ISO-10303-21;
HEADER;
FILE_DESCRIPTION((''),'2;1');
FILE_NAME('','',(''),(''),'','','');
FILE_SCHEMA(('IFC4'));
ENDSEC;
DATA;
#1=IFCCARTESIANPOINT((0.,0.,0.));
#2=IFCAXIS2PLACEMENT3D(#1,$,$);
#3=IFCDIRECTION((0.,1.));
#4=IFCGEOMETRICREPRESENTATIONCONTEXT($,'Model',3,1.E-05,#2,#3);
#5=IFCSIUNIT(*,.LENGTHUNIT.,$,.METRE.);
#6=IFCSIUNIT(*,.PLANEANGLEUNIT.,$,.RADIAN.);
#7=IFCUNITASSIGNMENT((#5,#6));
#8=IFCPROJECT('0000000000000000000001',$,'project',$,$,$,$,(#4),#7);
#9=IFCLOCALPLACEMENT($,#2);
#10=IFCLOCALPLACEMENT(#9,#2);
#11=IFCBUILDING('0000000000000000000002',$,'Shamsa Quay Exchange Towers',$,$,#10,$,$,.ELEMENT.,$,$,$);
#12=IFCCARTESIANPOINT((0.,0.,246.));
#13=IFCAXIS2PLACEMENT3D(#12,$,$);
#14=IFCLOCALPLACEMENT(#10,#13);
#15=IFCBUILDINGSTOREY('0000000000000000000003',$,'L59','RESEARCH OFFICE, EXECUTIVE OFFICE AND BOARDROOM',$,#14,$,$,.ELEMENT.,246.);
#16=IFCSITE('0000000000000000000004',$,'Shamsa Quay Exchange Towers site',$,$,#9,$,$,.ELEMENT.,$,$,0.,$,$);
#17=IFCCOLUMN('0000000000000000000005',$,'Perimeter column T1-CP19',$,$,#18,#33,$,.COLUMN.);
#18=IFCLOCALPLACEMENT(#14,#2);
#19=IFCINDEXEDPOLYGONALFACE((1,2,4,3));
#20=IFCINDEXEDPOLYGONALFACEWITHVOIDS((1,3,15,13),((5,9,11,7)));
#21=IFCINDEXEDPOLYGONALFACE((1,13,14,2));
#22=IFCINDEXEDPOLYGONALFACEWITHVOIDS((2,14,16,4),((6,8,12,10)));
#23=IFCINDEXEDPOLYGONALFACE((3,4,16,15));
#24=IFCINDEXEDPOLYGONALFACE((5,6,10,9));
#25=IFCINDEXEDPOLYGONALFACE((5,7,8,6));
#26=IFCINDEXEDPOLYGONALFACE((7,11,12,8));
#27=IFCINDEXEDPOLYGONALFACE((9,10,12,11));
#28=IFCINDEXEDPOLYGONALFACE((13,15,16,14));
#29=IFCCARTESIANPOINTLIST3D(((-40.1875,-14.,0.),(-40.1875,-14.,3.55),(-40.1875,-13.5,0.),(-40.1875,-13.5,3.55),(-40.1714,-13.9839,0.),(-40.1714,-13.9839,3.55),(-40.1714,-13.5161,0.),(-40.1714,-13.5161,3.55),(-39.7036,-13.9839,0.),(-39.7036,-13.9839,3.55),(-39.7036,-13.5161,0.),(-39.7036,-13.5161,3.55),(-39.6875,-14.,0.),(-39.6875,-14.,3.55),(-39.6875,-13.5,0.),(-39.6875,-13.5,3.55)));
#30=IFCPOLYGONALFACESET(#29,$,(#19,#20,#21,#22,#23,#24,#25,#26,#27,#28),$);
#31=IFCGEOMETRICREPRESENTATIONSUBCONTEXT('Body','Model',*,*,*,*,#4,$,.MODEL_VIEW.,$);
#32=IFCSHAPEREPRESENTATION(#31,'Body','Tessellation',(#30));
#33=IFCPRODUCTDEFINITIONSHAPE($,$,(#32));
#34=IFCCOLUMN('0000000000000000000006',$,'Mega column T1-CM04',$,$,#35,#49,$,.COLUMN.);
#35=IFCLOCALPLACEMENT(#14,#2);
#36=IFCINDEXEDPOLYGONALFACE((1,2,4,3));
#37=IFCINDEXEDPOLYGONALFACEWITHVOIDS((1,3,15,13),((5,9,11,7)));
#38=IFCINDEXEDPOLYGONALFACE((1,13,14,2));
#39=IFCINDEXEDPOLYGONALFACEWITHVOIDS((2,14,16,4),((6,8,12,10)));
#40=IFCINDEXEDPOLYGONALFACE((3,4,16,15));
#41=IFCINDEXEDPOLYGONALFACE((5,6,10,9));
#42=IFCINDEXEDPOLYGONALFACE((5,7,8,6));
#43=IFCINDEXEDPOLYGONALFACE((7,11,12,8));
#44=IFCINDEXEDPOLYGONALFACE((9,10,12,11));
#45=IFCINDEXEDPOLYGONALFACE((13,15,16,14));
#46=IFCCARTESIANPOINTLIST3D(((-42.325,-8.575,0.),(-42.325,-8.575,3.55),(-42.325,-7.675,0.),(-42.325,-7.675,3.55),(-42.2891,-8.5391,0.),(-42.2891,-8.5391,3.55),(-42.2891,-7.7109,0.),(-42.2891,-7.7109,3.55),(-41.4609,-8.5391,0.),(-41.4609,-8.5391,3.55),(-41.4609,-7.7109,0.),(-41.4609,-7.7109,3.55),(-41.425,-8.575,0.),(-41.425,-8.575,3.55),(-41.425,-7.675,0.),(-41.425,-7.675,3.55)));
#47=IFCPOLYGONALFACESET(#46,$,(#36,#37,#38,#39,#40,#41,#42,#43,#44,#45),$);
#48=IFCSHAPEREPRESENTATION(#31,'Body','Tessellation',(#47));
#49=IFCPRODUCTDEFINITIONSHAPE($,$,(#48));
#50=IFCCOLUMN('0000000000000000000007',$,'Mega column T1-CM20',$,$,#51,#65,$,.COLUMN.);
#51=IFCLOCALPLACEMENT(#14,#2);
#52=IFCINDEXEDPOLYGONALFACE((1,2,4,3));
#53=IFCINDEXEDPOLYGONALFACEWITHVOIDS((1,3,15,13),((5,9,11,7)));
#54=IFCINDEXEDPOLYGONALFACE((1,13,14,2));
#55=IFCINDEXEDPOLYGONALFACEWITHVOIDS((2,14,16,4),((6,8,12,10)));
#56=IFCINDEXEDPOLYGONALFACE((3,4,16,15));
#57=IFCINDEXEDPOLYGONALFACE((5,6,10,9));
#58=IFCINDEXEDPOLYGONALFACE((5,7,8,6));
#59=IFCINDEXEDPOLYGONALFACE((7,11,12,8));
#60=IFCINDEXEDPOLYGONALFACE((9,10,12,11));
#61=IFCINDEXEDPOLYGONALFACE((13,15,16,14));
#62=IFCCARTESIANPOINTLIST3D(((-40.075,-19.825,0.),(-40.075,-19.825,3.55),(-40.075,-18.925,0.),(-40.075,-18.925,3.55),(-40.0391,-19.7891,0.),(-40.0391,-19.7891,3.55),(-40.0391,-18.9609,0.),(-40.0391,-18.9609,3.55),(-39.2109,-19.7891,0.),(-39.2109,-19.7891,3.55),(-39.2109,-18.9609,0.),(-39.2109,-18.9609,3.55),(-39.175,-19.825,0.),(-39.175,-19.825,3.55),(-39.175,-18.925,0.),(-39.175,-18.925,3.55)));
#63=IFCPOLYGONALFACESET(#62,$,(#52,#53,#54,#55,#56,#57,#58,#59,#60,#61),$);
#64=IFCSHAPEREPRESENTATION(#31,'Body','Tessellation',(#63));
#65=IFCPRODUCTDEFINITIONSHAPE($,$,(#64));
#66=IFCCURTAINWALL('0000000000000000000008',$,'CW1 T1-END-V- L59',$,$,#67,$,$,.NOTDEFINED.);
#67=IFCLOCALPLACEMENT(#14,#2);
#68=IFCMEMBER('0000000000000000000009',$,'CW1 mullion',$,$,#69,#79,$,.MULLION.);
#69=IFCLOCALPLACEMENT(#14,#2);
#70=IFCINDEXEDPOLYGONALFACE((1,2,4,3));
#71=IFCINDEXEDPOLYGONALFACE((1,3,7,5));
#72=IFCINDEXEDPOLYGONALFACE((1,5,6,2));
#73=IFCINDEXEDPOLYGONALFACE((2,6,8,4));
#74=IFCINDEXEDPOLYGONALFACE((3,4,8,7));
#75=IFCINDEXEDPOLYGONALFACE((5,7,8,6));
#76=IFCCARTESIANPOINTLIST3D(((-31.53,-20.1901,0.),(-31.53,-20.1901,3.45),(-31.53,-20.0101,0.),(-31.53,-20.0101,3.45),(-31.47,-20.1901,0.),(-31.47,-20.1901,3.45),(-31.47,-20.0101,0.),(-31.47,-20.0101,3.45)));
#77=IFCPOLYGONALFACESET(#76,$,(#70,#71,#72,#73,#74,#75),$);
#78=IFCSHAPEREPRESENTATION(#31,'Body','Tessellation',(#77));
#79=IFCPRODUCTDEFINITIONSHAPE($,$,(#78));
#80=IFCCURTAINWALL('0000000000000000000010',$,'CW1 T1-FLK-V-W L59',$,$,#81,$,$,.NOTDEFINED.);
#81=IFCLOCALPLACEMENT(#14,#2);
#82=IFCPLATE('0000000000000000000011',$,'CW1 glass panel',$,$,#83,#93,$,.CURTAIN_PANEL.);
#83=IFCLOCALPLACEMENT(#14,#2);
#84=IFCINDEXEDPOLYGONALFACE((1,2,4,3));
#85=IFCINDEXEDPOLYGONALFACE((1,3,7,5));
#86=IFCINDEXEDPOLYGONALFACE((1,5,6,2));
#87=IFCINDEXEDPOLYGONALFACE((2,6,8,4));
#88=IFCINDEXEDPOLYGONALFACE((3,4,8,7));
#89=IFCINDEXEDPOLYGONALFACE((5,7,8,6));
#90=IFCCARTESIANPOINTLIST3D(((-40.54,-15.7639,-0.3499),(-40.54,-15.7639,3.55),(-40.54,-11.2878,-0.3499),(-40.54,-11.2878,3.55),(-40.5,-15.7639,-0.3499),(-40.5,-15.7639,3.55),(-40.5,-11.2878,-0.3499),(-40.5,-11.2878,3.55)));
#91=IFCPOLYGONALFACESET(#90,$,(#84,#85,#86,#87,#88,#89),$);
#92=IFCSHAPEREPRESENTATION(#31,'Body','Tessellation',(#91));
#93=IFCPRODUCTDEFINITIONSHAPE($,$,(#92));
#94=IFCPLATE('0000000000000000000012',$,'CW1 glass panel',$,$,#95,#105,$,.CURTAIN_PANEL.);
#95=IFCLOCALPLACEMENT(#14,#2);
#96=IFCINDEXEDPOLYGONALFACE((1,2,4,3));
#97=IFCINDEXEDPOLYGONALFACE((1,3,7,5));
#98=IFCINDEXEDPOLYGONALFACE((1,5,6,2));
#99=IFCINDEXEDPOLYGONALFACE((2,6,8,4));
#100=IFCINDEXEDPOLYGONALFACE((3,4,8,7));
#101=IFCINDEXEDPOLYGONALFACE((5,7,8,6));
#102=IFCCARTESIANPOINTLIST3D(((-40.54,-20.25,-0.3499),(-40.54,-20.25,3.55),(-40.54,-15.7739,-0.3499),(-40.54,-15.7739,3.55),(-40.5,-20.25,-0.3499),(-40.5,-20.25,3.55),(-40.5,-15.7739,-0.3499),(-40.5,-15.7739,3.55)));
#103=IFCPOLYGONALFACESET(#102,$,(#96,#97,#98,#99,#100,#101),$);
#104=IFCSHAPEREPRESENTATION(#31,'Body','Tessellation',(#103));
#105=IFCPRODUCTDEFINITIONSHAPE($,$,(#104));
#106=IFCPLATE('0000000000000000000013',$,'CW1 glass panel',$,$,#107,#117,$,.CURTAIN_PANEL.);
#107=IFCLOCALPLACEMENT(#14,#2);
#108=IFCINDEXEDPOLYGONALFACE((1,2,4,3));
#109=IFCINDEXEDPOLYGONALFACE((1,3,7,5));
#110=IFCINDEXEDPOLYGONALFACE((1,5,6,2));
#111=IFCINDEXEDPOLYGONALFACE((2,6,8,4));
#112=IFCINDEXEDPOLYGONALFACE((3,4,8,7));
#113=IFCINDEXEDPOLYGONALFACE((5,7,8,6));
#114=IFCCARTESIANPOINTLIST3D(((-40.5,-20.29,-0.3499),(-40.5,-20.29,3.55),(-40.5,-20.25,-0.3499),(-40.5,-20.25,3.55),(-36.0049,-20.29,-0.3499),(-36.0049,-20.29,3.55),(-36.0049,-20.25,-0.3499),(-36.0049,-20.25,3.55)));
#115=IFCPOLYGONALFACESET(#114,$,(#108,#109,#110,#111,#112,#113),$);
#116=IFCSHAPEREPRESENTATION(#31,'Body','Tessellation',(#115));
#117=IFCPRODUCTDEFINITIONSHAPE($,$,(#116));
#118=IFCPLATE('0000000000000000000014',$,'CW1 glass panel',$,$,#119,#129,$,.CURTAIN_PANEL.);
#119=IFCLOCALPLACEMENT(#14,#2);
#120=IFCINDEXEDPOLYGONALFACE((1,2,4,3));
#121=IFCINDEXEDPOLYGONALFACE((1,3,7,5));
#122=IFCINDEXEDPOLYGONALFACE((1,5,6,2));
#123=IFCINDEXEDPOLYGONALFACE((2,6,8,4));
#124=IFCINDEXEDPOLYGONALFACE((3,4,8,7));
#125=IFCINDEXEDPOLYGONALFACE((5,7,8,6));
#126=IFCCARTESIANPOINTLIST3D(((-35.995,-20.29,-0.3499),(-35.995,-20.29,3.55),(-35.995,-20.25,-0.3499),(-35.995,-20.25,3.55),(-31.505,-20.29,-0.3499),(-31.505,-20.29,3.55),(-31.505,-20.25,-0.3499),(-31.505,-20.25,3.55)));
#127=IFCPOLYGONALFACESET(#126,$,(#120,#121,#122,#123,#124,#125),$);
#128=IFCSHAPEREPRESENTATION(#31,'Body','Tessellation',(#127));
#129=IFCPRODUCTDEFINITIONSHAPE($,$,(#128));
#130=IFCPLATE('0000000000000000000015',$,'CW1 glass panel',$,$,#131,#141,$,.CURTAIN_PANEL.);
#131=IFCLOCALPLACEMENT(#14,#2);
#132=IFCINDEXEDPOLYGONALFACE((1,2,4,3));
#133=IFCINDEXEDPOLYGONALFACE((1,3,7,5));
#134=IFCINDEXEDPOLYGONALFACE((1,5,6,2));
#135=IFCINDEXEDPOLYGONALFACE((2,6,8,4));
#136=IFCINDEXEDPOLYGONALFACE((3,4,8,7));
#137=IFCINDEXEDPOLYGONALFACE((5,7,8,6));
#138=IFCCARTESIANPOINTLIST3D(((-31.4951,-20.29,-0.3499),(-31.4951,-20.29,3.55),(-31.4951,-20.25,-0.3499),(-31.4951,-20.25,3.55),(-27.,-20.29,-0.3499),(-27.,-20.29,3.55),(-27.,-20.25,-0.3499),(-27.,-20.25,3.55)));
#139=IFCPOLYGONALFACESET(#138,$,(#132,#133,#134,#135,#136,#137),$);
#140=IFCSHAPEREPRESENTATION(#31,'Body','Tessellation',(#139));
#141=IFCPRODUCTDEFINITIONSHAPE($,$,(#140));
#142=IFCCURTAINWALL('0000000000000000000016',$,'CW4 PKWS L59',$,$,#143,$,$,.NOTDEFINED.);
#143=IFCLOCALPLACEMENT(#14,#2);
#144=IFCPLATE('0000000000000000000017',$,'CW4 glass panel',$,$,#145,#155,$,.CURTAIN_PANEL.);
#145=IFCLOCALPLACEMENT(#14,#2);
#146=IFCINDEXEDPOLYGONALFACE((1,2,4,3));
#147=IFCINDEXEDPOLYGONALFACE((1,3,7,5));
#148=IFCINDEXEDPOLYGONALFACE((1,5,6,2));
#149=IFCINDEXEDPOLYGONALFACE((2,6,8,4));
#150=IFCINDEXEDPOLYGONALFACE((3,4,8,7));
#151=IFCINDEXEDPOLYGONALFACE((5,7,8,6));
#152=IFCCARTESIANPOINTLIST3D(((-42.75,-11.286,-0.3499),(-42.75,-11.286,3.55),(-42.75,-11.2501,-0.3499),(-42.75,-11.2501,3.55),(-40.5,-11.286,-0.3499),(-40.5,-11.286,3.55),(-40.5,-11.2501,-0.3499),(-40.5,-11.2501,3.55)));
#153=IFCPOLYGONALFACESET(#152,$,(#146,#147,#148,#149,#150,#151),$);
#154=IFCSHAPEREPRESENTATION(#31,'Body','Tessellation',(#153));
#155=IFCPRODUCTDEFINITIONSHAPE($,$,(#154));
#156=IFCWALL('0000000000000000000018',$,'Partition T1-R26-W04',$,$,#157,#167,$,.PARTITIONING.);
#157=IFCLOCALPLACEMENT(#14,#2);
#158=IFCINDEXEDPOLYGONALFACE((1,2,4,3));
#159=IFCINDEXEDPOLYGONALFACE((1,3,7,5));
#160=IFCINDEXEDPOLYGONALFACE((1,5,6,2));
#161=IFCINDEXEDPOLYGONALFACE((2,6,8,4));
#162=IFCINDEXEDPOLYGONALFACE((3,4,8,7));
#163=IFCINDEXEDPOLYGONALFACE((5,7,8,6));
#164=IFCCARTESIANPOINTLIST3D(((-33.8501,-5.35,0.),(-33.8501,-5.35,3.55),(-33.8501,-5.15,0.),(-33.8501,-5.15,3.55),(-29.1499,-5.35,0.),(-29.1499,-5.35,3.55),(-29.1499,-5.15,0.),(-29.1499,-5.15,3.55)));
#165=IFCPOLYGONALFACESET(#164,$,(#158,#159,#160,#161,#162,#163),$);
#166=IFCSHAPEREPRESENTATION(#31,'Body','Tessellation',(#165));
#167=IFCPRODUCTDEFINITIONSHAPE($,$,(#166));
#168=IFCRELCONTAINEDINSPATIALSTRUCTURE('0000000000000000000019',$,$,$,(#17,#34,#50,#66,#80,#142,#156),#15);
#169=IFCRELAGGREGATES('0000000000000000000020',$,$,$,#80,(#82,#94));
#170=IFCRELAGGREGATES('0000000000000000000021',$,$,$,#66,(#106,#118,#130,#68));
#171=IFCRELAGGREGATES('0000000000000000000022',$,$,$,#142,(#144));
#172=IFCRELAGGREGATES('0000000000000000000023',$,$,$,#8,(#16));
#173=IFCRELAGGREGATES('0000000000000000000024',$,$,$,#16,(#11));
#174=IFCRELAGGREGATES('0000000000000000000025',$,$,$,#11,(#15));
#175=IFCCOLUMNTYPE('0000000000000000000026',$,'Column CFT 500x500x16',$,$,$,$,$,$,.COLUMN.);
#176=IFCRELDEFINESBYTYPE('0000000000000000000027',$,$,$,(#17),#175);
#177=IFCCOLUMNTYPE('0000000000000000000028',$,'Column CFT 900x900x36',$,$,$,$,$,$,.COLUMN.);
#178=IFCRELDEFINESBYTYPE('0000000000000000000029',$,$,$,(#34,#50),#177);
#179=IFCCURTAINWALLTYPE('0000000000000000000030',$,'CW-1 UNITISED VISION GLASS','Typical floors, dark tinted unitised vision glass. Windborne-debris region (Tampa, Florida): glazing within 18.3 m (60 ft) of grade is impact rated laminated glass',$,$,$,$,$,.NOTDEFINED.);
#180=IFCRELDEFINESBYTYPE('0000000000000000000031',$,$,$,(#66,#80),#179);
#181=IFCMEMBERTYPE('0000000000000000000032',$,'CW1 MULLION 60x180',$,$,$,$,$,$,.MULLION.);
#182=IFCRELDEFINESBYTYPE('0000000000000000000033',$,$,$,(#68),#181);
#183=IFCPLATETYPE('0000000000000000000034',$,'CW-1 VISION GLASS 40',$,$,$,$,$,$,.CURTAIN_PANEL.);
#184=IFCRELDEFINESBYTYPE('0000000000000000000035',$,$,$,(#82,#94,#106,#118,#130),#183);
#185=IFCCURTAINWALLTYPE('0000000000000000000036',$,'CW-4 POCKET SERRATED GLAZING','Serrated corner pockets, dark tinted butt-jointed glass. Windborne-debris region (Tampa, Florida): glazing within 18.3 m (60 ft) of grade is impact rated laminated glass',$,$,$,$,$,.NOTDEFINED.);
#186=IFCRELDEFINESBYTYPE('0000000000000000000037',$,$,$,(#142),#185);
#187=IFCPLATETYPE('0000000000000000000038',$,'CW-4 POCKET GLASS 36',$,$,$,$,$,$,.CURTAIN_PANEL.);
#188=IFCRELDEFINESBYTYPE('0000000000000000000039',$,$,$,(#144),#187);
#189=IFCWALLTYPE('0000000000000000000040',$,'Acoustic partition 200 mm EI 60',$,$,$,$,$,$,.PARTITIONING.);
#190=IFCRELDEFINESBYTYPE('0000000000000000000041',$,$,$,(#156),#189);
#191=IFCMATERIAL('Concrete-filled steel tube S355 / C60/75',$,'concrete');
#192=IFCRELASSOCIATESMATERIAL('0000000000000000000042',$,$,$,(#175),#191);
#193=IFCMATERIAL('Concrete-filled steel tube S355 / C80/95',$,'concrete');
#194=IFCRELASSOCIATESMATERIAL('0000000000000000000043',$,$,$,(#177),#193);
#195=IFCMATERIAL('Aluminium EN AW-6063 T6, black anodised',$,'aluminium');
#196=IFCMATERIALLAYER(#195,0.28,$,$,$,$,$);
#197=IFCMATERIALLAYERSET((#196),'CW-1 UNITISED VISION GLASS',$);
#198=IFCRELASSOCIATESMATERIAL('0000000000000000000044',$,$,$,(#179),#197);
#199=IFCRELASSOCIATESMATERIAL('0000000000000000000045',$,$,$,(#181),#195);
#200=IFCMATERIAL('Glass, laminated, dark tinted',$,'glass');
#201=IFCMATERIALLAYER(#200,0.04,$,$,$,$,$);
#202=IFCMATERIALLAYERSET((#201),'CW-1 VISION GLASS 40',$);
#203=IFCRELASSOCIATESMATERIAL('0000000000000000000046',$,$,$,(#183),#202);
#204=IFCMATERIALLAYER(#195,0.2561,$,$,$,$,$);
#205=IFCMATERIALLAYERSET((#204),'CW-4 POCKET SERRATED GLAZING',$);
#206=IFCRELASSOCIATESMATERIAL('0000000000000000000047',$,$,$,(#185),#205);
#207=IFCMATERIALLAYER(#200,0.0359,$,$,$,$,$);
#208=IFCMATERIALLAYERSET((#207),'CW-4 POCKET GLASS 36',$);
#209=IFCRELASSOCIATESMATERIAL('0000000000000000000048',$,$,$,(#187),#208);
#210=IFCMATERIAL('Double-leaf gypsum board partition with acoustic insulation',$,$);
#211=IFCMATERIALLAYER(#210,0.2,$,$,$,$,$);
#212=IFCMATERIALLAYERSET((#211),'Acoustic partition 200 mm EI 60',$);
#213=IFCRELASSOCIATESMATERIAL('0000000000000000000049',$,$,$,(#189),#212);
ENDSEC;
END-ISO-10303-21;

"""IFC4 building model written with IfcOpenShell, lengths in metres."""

from ifc_helpers import new_model, si_unit, direction, frame, frame_2d, origin, origin_2d, place, context, subcontext, project, spatial, rectangle, hollow_rectangle, extrude, material, layer, layer_set, material_profile, profile_set, type_object, element, aggregate, save


model = new_model("IFC4")

# Units and contexts
model_context = context("Model", 3, precision=1e-05, world=origin(), true_north=direction((0.0, 1.0)))
body_context = subcontext(model_context, "Body", "Model", "MODEL_VIEW")
ifc_project = project(units=[si_unit("LENGTHUNIT", "METRE"), si_unit("PLANEANGLEUNIT", "RADIAN")], contexts=[model_context])

# Site, building, storey
site_placement = place(None, origin())
site = spatial("IfcSite", under=ifc_project, at=site_placement, Name="Shamsa Quay Exchange Towers site", CompositionType="ELEMENT", RefElevation=0.0)
building_placement = place(site_placement, origin())
building = spatial("IfcBuilding", under=site, at=building_placement, Name="Shamsa Quay Exchange Towers", CompositionType="ELEMENT")
storey_placement = place(building_placement, frame((0.0, 0.0, 246.0)))
storey = spatial("IfcBuildingStorey", under=building, at=storey_placement, Name="L59", Description="RESEARCH OFFICE, EXECUTIVE OFFICE AND BOARDROOM", CompositionType="ELEMENT", Elevation=246.0)

# Columns
ifc_material_1 = material(Name="Concrete-filled steel tube S355 / C60/75", Category="concrete")
ifc_material_profile_1 = material_profile(ifc_material_1, hollow_rectangle(XDim=0.5, YDim=0.5, WallThickness=0.0161, at=origin_2d()), Name="CFT 500x500x16")
ifc_profile_set_1 = profile_set([ifc_material_profile_1], Name="Concrete-filled steel tube S355 / C60/75")
column_type_1 = type_object("IfcColumnType", Name="Column CFT 500x500x16", PredefinedType="COLUMN", material=ifc_profile_set_1)
column_placement = place(storey_placement, frame((-39.9375, -13.75, 0.0)))
element("IfcColumn", 1, at=column_placement, inside=storey, type_object=column_type_1, Name="Perimeter column T1-CP19", PredefinedType="COLUMN", context=body_context, shape_type="SweptSolid", body=[
    extrude(hollow_rectangle(XDim=0.5, YDim=0.5, WallThickness=0.0161, at=origin_2d()), origin(), (0.0, 0.0, 1.0), 3.55),
])
ifc_material_2 = material(Name="Concrete-filled steel tube S355 / C80/95", Category="concrete")
ifc_material_profile_2 = material_profile(ifc_material_2, hollow_rectangle(XDim=0.8999, YDim=0.8999, WallThickness=0.0359, at=origin_2d()), Name="CFT 900x900x36")
ifc_profile_set_2 = profile_set([ifc_material_profile_2], Name="Concrete-filled steel tube S355 / C80/95")
column_type_2 = type_object("IfcColumnType", Name="Column CFT 900x900x36", PredefinedType="COLUMN", material=ifc_profile_set_2)
for number, where, name in (
    (2, (-41.875, -8.125, 0.0), "Mega column T1-CM04"),
    (3, (-39.625, -19.375, 0.0), "Mega column T1-CM20"),
):
    element("IfcColumn", number, at=place(storey_placement, frame(where)), inside=storey, type_object=column_type_2, Name=name, PredefinedType="COLUMN", context=body_context, shape_type="SweptSolid", body=[
        extrude(hollow_rectangle(XDim=0.8999, YDim=0.8999, WallThickness=0.0359, at=origin_2d()), origin(), (0.0, 0.0, 1.0), 3.55),
    ])

# Curtain wall, member
ifc_material_3 = material(Name="Aluminium EN AW-6063 T6, black anodised", Category="aluminium")
ifc_layer_1 = layer(ifc_material_3, 0.28)
ifc_layer_set_1 = layer_set([ifc_layer_1], Name="CW-1 UNITISED VISION GLASS")
curtain_wall_type_1 = type_object("IfcCurtainWallType", Name="CW-1 UNITISED VISION GLASS", Description="Typical floors, dark tinted unitised vision glass. Windborne-debris region (Tampa, Florida): glazing within 18.3 m (60 ft) of grade is impact rated laminated glass", PredefinedType="NOTDEFINED", material=ifc_layer_set_1)
curtain_wall_1_placement = place(storey_placement, origin())
curtain_wall_1 = element("IfcCurtainWall", 4, at=curtain_wall_1_placement, inside=storey, type_object=curtain_wall_type_1, Name="CW1 T1-END-V- L59", PredefinedType="NOTDEFINED")
ifc_material_profile_3 = material_profile(ifc_material_3, rectangle(XDim=0.1799, YDim=0.0601, at=origin_2d()), Name="MU60x180")
ifc_profile_set_3 = profile_set([ifc_material_profile_3], Name="Aluminium EN AW-6063 T6, black anodised")
member_type = type_object("IfcMemberType", Name="CW1 MULLION 60x180", PredefinedType="MULLION", material=ifc_profile_set_3)
member_placement = place(storey_placement, frame((-31.5, -20.1001, 0.0), z_axis=(0.0, 0.0, 1.0), x_axis=(0.0, 1.0, 0.0)))
member = element("IfcMember", 5, at=member_placement, type_object=member_type, Name="CW1 mullion", PredefinedType="MULLION", context=body_context, shape_type="SweptSolid", body=[
    extrude(rectangle(XDim=0.1799, YDim=0.0601, at=origin_2d()), origin(), (0.0, 0.0, 1.0), 3.45),
])

# Curtain wall, plates
curtain_wall_2_placement = place(storey_placement, origin())
curtain_wall_2 = element("IfcCurtainWall", 6, at=curtain_wall_2_placement, inside=storey, type_object=curtain_wall_type_1, Name="CW1 T1-FLK-V-W L59", PredefinedType="NOTDEFINED")
ifc_material_4 = material(Name="Glass, laminated, dark tinted", Category="glass")
ifc_layer_2 = layer(ifc_material_4, 0.04)
ifc_layer_set_2 = layer_set([ifc_layer_2], Name="CW-1 VISION GLASS 40")
plate_type_1 = type_object("IfcPlateType", Name="CW-1 VISION GLASS 40", PredefinedType="CURTAIN_PANEL", material=ifc_layer_set_2)
plate_1_placement = place(storey_placement, frame((-40.52, -13.5259, -0.3499), z_axis=(0.0, 0.0, 1.0), x_axis=(0.0, -1.0, 0.0)))
plate_1 = element("IfcPlate", 7, at=plate_1_placement, type_object=plate_type_1, Name="CW1 glass panel", PredefinedType="CURTAIN_PANEL", context=body_context, shape_type="SweptSolid", body=[
    extrude(rectangle(XDim=4.4761, YDim=0.04, at=origin_2d()), origin(), (0.0, 0.0, 1.0), 3.8999),
])
plate_2_placement = place(storey_placement, frame((-40.52, -18.012, -0.3499), z_axis=(0.0, 0.0, 1.0), x_axis=(0.0, -1.0, 0.0)))
plate_2 = element("IfcPlate", 8, at=plate_2_placement, type_object=plate_type_1, Name="CW1 glass panel", PredefinedType="CURTAIN_PANEL", context=body_context, shape_type="SweptSolid", body=[
    extrude(rectangle(XDim=4.4761, YDim=0.04, at=origin_2d()), origin(), (0.0, 0.0, 1.0), 3.8999),
])
aggregate(curtain_wall_2, [plate_1, plate_2])

# Plates
plate_3_placement = place(storey_placement, frame((-38.2524, -20.27, -0.3499)))
plate_3 = element("IfcPlate", 9, at=plate_3_placement, type_object=plate_type_1, Name="CW1 glass panel", PredefinedType="CURTAIN_PANEL", context=body_context, shape_type="SweptSolid", body=[
    extrude(rectangle(XDim=4.4951, YDim=0.04, at=origin_2d()), origin(), (0.0, 0.0, 1.0), 3.8999),
])
plate_4_placement = place(storey_placement, frame((-33.75, -20.27, -0.3499)))
plate_4 = element("IfcPlate", 10, at=plate_4_placement, type_object=plate_type_1, Name="CW1 glass panel", PredefinedType="CURTAIN_PANEL", context=body_context, shape_type="SweptSolid", body=[
    extrude(rectangle(XDim=4.49, YDim=0.04, at=origin_2d()), origin(), (0.0, 0.0, 1.0), 3.8999),
])
plate_5_placement = place(storey_placement, frame((-29.2476, -20.27, -0.3499)))
plate_5 = element("IfcPlate", 11, at=plate_5_placement, type_object=plate_type_1, Name="CW1 glass panel", PredefinedType="CURTAIN_PANEL", context=body_context, shape_type="SweptSolid", body=[
    extrude(rectangle(XDim=4.4951, YDim=0.04, at=origin_2d()), origin(), (0.0, 0.0, 1.0), 3.8999),
])
aggregate(curtain_wall_1, [plate_3, plate_4, plate_5, member])

# Curtain wall, plate
ifc_layer_3 = layer(ifc_material_3, 0.2561)
ifc_layer_set_3 = layer_set([ifc_layer_3], Name="CW-4 POCKET SERRATED GLAZING")
curtain_wall_type_2 = type_object("IfcCurtainWallType", Name="CW-4 POCKET SERRATED GLAZING", Description="Serrated corner pockets, dark tinted butt-jointed glass. Windborne-debris region (Tampa, Florida): glazing within 18.3 m (60 ft) of grade is impact rated laminated glass", PredefinedType="NOTDEFINED", material=ifc_layer_set_3)
curtain_wall_3_placement = place(storey_placement, origin())
curtain_wall_3 = element("IfcCurtainWall", 12, at=curtain_wall_3_placement, inside=storey, type_object=curtain_wall_type_2, Name="CW4 PKWS L59", PredefinedType="NOTDEFINED")
ifc_layer_4 = layer(ifc_material_4, 0.0359)
ifc_layer_set_4 = layer_set([ifc_layer_4], Name="CW-4 POCKET GLASS 36")
plate_type_2 = type_object("IfcPlateType", Name="CW-4 POCKET GLASS 36", PredefinedType="CURTAIN_PANEL", material=ifc_layer_set_4)
plate_6_placement = place(storey_placement, frame((-41.625, -11.2681, -0.3499)))
plate_6 = element("IfcPlate", 13, at=plate_6_placement, type_object=plate_type_2, Name="CW4 glass panel", PredefinedType="CURTAIN_PANEL", context=body_context, shape_type="SweptSolid", body=[
    extrude(rectangle(XDim=2.25, YDim=0.0359, at=origin_2d()), origin(), (0.0, 0.0, 1.0), 3.8999),
])
aggregate(curtain_wall_3, [plate_6])

# Wall
ifc_material_5 = material(Name="Double-leaf gypsum board partition with acoustic insulation")
ifc_layer_5 = layer(ifc_material_5, 0.2)
ifc_layer_set_5 = layer_set([ifc_layer_5], Name="Acoustic partition 200 mm EI 60")
wall_type_1 = type_object("IfcWallType", Name="Acoustic partition 200 mm EI 60", PredefinedType="PARTITIONING", material=ifc_layer_set_5)
wall_1_placement = place(storey_placement, frame((-33.8501, -5.25, 0.0)))
element("IfcWall", 14, at=wall_1_placement, inside=storey, type_object=wall_type_1, Name="Partition T1-R26-W04", PredefinedType="PARTITIONING", context=body_context, shape_type="SweptSolid", body=[
    extrude(rectangle(XDim=4.7002, YDim=0.2, at=frame_2d((2.3501, 0.0))), origin(), (0.0, 0.0, 1.0), 3.55),
])

save(model, "model.ifc")
